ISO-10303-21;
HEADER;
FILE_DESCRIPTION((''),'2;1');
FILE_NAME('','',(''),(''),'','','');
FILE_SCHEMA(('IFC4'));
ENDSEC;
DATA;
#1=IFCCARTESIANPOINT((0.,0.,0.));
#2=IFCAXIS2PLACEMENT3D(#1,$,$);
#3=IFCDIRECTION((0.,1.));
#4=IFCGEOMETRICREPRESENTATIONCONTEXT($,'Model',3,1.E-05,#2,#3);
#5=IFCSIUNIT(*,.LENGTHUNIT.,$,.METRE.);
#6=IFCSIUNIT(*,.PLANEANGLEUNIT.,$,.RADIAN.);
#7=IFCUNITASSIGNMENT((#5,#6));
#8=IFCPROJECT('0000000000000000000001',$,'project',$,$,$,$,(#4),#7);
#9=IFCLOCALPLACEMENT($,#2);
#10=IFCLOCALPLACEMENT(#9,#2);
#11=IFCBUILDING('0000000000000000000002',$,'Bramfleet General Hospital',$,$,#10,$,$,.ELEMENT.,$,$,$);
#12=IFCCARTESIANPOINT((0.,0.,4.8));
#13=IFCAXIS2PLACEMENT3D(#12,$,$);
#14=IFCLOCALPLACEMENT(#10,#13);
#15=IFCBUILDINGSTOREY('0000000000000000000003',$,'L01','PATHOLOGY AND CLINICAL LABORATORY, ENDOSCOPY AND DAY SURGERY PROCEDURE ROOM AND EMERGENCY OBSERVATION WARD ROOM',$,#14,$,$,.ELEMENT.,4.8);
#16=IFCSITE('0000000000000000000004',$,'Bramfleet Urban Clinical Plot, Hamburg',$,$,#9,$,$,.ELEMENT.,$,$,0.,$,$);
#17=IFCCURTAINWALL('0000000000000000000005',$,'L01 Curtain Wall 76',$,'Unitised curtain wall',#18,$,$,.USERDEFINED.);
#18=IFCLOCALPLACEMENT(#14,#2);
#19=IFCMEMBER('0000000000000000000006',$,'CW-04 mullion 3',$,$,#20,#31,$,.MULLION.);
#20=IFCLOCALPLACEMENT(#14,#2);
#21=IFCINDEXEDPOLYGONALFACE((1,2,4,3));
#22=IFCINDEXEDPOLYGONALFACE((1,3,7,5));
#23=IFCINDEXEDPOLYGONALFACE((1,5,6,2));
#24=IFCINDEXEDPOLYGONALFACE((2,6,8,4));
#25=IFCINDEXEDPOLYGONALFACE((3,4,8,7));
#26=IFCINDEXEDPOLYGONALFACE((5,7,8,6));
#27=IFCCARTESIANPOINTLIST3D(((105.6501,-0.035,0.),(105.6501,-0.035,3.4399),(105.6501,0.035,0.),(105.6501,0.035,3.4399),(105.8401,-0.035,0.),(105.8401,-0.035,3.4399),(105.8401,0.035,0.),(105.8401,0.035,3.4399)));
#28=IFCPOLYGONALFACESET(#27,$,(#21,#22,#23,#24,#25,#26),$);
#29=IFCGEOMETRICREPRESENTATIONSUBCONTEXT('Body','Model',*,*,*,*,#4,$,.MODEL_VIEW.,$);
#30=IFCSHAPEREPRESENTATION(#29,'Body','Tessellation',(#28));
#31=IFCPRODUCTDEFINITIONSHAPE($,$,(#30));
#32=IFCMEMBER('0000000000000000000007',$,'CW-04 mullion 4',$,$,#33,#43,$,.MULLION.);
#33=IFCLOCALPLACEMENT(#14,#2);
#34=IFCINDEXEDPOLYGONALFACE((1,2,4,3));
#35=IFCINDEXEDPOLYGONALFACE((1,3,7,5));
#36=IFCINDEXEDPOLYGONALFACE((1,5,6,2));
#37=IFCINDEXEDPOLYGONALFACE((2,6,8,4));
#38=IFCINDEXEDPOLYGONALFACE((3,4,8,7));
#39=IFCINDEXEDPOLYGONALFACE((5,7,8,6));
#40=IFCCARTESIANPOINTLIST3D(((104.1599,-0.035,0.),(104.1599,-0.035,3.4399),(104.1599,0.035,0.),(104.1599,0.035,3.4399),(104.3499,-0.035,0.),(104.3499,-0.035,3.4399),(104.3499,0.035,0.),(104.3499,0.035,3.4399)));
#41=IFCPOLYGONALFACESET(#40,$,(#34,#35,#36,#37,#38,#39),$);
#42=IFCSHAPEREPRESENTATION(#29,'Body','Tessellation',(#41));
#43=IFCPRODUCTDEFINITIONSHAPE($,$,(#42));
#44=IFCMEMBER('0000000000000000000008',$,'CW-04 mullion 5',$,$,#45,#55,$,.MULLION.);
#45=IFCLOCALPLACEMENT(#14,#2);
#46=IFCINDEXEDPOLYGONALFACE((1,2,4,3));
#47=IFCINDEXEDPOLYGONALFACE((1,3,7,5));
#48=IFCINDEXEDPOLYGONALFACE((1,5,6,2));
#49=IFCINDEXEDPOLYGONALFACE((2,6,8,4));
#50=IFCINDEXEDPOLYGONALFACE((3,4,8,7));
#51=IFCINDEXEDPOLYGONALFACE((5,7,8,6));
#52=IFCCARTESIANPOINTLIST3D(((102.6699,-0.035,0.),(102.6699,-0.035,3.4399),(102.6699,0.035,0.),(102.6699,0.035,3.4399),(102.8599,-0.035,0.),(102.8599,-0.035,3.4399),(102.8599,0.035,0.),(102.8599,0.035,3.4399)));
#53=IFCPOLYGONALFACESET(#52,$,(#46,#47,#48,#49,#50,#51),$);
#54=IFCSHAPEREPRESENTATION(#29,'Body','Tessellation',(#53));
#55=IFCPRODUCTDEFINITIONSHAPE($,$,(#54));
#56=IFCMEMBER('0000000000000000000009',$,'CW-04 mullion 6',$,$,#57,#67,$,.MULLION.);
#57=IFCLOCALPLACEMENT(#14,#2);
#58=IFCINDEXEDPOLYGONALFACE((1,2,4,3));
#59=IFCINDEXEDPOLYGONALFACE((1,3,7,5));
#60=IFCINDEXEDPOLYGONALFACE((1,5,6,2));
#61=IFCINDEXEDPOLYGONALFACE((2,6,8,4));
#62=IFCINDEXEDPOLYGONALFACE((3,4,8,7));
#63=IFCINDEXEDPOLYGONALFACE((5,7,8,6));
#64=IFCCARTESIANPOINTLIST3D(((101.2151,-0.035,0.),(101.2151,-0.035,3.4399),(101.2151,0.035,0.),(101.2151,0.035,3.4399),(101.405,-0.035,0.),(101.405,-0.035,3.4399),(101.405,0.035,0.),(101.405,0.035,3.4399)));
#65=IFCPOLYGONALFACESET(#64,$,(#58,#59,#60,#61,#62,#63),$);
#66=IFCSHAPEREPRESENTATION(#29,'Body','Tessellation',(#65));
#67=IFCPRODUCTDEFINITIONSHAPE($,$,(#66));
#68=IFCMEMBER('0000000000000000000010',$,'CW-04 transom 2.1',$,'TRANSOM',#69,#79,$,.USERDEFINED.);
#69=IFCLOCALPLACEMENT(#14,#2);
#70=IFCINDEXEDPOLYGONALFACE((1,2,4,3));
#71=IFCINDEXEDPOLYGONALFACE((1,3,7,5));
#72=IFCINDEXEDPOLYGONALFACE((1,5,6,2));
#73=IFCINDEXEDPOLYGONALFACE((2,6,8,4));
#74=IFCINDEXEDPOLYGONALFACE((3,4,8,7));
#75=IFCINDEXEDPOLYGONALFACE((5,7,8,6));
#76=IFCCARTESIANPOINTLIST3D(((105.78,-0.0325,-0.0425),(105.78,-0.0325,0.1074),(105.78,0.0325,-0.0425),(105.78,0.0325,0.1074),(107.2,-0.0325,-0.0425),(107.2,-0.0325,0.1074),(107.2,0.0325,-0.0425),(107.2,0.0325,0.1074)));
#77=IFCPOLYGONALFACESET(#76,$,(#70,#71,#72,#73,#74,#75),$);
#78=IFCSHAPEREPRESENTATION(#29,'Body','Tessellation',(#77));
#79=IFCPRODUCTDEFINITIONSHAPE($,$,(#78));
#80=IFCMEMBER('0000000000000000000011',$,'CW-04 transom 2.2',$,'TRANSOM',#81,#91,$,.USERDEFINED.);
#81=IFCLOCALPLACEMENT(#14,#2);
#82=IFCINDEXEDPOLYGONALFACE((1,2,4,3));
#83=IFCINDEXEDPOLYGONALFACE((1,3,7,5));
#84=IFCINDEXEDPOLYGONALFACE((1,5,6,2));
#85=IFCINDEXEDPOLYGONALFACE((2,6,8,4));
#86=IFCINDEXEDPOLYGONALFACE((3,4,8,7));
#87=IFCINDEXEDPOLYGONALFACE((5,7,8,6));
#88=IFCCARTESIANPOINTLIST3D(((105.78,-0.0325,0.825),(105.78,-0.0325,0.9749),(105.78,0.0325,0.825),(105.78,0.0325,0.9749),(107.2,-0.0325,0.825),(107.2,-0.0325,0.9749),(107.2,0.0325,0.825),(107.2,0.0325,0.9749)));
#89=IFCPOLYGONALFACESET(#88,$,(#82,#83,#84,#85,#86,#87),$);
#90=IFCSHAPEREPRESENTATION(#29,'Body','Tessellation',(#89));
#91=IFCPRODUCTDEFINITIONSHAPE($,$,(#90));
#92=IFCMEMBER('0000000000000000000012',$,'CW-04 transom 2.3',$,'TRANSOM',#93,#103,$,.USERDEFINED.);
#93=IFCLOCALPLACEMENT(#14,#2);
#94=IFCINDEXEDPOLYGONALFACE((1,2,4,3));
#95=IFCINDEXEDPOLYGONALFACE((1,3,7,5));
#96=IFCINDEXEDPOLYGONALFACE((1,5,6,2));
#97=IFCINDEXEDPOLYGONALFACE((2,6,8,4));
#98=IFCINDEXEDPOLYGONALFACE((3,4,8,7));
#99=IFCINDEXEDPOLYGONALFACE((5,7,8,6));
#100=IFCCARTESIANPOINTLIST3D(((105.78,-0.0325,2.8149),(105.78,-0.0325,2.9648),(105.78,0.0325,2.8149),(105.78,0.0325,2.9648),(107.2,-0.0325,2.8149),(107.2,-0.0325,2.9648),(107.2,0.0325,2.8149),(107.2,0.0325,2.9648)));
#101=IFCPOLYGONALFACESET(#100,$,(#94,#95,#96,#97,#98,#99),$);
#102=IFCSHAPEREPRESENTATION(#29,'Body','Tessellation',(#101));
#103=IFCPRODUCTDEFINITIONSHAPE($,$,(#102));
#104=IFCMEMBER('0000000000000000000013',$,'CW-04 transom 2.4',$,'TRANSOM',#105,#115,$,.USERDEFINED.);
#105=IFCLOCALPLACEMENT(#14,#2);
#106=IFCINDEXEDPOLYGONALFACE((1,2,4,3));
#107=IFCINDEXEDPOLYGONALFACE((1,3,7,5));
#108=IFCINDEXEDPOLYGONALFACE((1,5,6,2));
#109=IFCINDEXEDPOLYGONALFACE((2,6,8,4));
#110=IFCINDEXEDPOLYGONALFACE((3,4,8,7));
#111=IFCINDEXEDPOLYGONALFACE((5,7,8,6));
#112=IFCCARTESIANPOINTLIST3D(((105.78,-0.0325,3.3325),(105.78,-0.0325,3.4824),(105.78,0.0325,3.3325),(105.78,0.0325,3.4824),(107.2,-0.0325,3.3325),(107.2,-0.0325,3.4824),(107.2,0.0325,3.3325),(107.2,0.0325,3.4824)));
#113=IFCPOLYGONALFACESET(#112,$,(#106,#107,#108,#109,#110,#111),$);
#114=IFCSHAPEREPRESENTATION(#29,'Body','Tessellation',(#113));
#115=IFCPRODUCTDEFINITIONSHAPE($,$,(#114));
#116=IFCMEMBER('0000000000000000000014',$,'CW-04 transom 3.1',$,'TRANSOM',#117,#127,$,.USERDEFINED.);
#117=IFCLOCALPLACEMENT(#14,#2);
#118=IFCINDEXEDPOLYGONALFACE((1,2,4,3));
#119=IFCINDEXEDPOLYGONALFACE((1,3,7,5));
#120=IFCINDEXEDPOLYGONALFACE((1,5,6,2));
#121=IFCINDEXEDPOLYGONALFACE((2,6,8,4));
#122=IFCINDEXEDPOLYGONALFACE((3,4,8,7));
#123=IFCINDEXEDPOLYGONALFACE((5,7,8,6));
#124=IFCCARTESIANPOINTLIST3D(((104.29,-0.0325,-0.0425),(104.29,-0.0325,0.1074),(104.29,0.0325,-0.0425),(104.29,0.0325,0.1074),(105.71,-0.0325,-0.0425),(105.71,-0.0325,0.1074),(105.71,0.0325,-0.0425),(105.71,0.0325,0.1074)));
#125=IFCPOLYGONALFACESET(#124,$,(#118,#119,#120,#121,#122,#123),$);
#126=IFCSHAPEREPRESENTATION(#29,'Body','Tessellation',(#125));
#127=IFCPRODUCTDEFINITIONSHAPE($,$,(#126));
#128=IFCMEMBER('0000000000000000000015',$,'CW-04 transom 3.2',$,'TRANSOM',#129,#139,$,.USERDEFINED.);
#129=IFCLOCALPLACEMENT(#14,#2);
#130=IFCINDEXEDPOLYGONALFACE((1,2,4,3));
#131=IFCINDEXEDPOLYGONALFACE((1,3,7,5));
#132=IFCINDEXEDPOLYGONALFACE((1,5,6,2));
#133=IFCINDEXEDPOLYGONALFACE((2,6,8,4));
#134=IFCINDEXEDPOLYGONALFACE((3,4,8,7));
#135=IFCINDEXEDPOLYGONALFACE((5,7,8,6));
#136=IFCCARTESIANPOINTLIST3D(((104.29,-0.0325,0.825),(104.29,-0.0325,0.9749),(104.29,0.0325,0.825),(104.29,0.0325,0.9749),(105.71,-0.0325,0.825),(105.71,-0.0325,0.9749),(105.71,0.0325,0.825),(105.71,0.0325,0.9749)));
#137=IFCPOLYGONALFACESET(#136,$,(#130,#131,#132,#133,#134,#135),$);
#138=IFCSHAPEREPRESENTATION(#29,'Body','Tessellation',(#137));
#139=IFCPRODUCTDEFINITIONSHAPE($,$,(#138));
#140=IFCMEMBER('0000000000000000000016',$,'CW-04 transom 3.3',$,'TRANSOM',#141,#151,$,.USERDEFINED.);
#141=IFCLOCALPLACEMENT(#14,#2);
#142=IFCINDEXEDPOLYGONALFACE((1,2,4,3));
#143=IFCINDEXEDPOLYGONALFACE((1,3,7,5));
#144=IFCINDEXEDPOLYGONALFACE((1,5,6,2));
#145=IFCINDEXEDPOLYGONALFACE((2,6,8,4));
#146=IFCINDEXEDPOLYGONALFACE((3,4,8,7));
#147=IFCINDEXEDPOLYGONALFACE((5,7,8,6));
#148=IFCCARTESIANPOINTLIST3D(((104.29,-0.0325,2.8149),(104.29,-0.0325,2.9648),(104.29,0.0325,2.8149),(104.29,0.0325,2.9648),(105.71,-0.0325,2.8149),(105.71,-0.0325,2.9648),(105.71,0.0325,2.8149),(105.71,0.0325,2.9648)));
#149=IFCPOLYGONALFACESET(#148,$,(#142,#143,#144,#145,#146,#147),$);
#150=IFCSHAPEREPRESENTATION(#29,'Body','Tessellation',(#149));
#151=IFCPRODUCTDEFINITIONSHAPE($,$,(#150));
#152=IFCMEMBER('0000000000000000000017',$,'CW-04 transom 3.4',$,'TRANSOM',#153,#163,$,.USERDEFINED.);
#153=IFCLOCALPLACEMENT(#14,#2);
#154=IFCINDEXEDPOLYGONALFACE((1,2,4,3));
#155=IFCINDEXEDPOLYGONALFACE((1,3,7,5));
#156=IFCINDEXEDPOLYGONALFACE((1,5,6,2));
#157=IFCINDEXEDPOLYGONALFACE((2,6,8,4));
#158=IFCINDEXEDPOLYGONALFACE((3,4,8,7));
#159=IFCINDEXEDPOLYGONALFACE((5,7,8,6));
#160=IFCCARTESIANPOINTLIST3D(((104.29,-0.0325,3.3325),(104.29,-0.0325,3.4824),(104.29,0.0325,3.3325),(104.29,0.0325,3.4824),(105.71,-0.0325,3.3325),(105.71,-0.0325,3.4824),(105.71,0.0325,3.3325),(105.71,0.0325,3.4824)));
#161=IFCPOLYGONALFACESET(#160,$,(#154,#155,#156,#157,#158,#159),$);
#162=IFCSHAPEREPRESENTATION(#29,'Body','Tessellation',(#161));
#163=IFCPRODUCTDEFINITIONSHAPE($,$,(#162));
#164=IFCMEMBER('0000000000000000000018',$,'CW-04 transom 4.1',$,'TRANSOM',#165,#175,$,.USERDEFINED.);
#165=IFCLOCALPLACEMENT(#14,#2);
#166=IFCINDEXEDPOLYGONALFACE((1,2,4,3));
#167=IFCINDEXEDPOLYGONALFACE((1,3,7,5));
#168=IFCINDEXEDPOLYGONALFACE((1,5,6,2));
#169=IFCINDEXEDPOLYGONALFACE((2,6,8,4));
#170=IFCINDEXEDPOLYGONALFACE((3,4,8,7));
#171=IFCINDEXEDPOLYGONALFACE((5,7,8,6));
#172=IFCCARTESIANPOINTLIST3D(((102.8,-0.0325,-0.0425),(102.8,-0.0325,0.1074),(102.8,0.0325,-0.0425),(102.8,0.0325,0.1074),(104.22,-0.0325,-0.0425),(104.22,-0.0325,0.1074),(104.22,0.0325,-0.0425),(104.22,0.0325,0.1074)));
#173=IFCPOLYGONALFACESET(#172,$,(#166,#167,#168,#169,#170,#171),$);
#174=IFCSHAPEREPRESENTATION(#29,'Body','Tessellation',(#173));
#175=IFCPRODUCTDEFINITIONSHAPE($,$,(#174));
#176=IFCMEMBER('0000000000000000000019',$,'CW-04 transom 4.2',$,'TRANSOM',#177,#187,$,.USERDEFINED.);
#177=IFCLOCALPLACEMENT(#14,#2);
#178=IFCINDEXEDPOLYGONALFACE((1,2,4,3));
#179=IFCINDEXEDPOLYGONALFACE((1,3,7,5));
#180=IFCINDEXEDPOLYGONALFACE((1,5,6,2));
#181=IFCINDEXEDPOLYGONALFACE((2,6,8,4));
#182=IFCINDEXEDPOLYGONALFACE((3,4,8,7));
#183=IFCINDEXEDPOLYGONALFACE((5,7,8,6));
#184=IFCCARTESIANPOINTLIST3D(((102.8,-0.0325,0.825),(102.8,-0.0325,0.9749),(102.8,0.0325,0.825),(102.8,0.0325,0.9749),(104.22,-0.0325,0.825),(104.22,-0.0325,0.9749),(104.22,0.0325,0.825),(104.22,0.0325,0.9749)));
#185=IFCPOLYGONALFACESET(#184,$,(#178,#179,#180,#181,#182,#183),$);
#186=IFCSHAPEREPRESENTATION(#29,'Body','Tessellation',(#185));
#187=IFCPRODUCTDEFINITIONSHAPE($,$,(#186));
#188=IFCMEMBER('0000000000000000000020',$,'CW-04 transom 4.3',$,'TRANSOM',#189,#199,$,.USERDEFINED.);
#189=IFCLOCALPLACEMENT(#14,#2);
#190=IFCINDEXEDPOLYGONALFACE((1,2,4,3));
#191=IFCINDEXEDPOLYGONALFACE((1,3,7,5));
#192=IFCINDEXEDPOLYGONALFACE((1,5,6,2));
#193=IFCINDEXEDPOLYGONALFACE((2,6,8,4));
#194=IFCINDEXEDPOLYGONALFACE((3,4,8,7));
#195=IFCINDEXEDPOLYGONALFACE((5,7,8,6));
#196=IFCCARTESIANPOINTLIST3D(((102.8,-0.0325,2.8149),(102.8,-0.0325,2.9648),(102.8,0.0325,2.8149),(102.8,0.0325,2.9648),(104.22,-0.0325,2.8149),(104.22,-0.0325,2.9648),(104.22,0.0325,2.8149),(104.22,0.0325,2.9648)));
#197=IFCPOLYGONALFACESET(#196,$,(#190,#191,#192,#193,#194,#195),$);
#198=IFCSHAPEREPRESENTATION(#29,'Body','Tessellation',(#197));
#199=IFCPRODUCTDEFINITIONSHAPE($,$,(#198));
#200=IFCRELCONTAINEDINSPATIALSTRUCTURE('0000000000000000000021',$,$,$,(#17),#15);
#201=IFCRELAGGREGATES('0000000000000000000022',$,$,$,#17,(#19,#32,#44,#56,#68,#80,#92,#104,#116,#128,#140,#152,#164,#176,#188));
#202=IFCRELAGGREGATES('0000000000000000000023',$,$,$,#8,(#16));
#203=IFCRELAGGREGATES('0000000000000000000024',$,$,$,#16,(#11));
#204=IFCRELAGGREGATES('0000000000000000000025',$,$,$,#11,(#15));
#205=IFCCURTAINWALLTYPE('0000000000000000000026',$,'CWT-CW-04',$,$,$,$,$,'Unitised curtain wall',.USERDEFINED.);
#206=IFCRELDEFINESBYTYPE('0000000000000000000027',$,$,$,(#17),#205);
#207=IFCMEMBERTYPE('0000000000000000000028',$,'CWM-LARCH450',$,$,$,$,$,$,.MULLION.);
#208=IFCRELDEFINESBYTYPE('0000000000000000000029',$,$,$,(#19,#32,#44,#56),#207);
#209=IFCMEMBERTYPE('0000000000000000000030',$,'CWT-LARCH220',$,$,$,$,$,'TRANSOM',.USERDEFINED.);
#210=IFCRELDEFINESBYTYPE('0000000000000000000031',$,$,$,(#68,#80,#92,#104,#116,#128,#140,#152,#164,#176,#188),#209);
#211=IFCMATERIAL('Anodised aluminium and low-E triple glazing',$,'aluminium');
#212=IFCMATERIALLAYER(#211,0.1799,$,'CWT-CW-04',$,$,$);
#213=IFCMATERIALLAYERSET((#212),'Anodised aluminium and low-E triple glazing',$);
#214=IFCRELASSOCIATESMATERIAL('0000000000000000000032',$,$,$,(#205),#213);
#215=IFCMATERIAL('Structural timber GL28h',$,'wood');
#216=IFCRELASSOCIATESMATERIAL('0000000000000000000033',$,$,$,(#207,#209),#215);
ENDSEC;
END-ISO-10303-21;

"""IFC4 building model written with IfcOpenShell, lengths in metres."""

from ifc_helpers import new_model, si_unit, direction, frame, origin, origin_2d, place, context, subcontext, project, spatial, rectangle, extrude, material, layer, layer_set, material_profile, profile_set, type_object, element, aggregate, save


model = new_model("IFC4")

# Units and contexts
model_context = context("Model", 3, precision=1e-05, world=origin(), true_north=direction((0.0, 1.0)))
body_context = subcontext(model_context, "Body", "Model", "MODEL_VIEW")
ifc_project = project(units=[si_unit("LENGTHUNIT", "METRE"), si_unit("PLANEANGLEUNIT", "RADIAN")], contexts=[model_context])

# Site, building, storey
site_placement = place(None, origin())
site = spatial("IfcSite", under=ifc_project, at=site_placement, Name="Bramfleet Urban Clinical Plot, Hamburg", CompositionType="ELEMENT", RefElevation=0.0)
building_placement = place(site_placement, origin())
building = spatial("IfcBuilding", under=site, at=building_placement, Name="Bramfleet General Hospital", CompositionType="ELEMENT")
storey_placement = place(building_placement, frame((0.0, 0.0, 4.8)))
storey = spatial("IfcBuildingStorey", under=building, at=storey_placement, Name="L01", Description="PATHOLOGY AND CLINICAL LABORATORY, ENDOSCOPY AND DAY SURGERY PROCEDURE ROOM AND EMERGENCY OBSERVATION WARD ROOM", CompositionType="ELEMENT", Elevation=4.8)

# Curtain wall, members
ifc_material_1 = material(Name="Anodised aluminium and low-E triple glazing", Category="aluminium")
ifc_layer_1 = layer(ifc_material_1, 0.1799, Name="CWT-CW-04")
ifc_layer_set_1 = layer_set([ifc_layer_1], Name="Anodised aluminium and low-E triple glazing")
curtain_wall_type = type_object("IfcCurtainWallType", Name="CWT-CW-04", ElementType="Unitised curtain wall", PredefinedType="USERDEFINED", material=ifc_layer_set_1)
curtain_wall_placement = place(storey_placement, origin())
curtain_wall = element("IfcCurtainWall", 1, at=curtain_wall_placement, inside=storey, type_object=curtain_wall_type, Name="L01 Curtain Wall 76", ObjectType="Unitised curtain wall", PredefinedType="USERDEFINED")
ifc_material_2 = material(Name="Structural timber GL28h", Category="wood")
ifc_material_profile_1 = material_profile(ifc_material_2, rectangle(XDim=0.0701, YDim=0.1899, at=origin_2d()), Name="LARCH 190x70")
ifc_profile_set_1 = profile_set([ifc_material_profile_1], Name="Structural timber GL28h")
member_type_1 = type_object("IfcMemberType", Name="CWM-LARCH450", PredefinedType="MULLION", material=ifc_profile_set_1)
member_1_placement = place(storey_placement, frame((105.7451, 0.0, 0.0), z_axis=(0.0, 0.0, 1.0), x_axis=(0.0, -1.0, 0.0)))
member_1 = element("IfcMember", 2, at=member_1_placement, type_object=member_type_1, Name="CW-04 mullion 3", PredefinedType="MULLION", context=body_context, shape_type="SweptSolid", body=[
    extrude(rectangle(XDim=0.0701, YDim=0.1899, at=origin_2d()), origin(), (0.0, 0.0, 1.0), 3.4399),
])
member_2_placement = place(storey_placement, frame((104.2549, 0.0, 0.0), z_axis=(0.0, 0.0, 1.0), x_axis=(0.0, -1.0, 0.0)))
member_2 = element("IfcMember", 3, at=member_2_placement, type_object=member_type_1, Name="CW-04 mullion 4", PredefinedType="MULLION", context=body_context, shape_type="SweptSolid", body=[
    extrude(rectangle(XDim=0.0701, YDim=0.1899, at=origin_2d()), origin(), (0.0, 0.0, 1.0), 3.4399),
])
member_3_placement = place(storey_placement, frame((102.7649, 0.0, 0.0), z_axis=(0.0, 0.0, 1.0), x_axis=(0.0, -1.0, 0.0)))
member_3 = element("IfcMember", 4, at=member_3_placement, type_object=member_type_1, Name="CW-04 mullion 5", PredefinedType="MULLION", context=body_context, shape_type="SweptSolid", body=[
    extrude(rectangle(XDim=0.0701, YDim=0.1899, at=origin_2d()), origin(), (0.0, 0.0, 1.0), 3.4399),
])
member_4_placement = place(storey_placement, frame((101.3101, 0.0, 0.0), z_axis=(0.0, 0.0, 1.0), x_axis=(0.0, -1.0, 0.0)))
member_4 = element("IfcMember", 5, at=member_4_placement, type_object=member_type_1, Name="CW-04 mullion 6", PredefinedType="MULLION", context=body_context, shape_type="SweptSolid", body=[
    extrude(rectangle(XDim=0.0701, YDim=0.1899, at=origin_2d()), origin(), (0.0, 0.0, 1.0), 3.4399),
])
ifc_material_profile_2 = material_profile(ifc_material_2, rectangle(XDim=0.0649, YDim=0.1499, at=origin_2d()), Name="LARCH 150x65")
ifc_profile_set_2 = profile_set([ifc_material_profile_2], Name="Structural timber GL28h")
member_type_2 = type_object("IfcMemberType", Name="CWT-LARCH220", ElementType="TRANSOM", PredefinedType="USERDEFINED", material=ifc_profile_set_2)
member_5_placement = place(storey_placement, frame((107.2, 0.0, 0.0325), z_axis=(-1.0, 0.0, 0.0), x_axis=(0.0, -1.0, 0.0)))
member_5 = element("IfcMember", 6, at=member_5_placement, type_object=member_type_2, Name="CW-04 transom 2.1", ObjectType="TRANSOM", PredefinedType="USERDEFINED", context=body_context, shape_type="SweptSolid", body=[
    extrude(rectangle(XDim=0.0649, YDim=0.1499, at=origin_2d()), origin(), (0.0, 0.0, 1.0), 1.4199),
])
member_6_placement = place(storey_placement, frame((107.2, 0.0, 0.8999), z_axis=(-1.0, 0.0, 0.0), x_axis=(0.0, -1.0, 0.0)))
member_6 = element("IfcMember", 7, at=member_6_placement, type_object=member_type_2, Name="CW-04 transom 2.2", ObjectType="TRANSOM", PredefinedType="USERDEFINED", context=body_context, shape_type="SweptSolid", body=[
    extrude(rectangle(XDim=0.0649, YDim=0.1499, at=origin_2d()), origin(), (0.0, 0.0, 1.0), 1.4199),
])
member_7_placement = place(storey_placement, frame((107.2, 0.0, 2.8899), z_axis=(-1.0, 0.0, 0.0), x_axis=(0.0, -1.0, 0.0)))
member_7 = element("IfcMember", 8, at=member_7_placement, type_object=member_type_2, Name="CW-04 transom 2.3", ObjectType="TRANSOM", PredefinedType="USERDEFINED", context=body_context, shape_type="SweptSolid", body=[
    extrude(rectangle(XDim=0.0649, YDim=0.1499, at=origin_2d()), origin(), (0.0, 0.0, 1.0), 1.4199),
])
member_8_placement = place(storey_placement, frame((107.2, 0.0, 3.4075), z_axis=(-1.0, 0.0, 0.0), x_axis=(0.0, -1.0, 0.0)))
member_8 = element("IfcMember", 9, at=member_8_placement, type_object=member_type_2, Name="CW-04 transom 2.4", ObjectType="TRANSOM", PredefinedType="USERDEFINED", context=body_context, shape_type="SweptSolid", body=[
    extrude(rectangle(XDim=0.0649, YDim=0.1499, at=origin_2d()), origin(), (0.0, 0.0, 1.0), 1.4199),
])
member_9_placement = place(storey_placement, frame((105.71, 0.0, 0.0325), z_axis=(-1.0, 0.0, 0.0), x_axis=(0.0, -1.0, 0.0)))
member_9 = element("IfcMember", 10, at=member_9_placement, type_object=member_type_2, Name="CW-04 transom 3.1", ObjectType="TRANSOM", PredefinedType="USERDEFINED", context=body_context, shape_type="SweptSolid", body=[
    extrude(rectangle(XDim=0.0649, YDim=0.1499, at=origin_2d()), origin(), (0.0, 0.0, 1.0), 1.4199),
])
member_10_placement = place(storey_placement, frame((105.71, 0.0, 0.8999), z_axis=(-1.0, 0.0, 0.0), x_axis=(0.0, -1.0, 0.0)))
member_10 = element("IfcMember", 11, at=member_10_placement, type_object=member_type_2, Name="CW-04 transom 3.2", ObjectType="TRANSOM", PredefinedType="USERDEFINED", context=body_context, shape_type="SweptSolid", body=[
    extrude(rectangle(XDim=0.0649, YDim=0.1499, at=origin_2d()), origin(), (0.0, 0.0, 1.0), 1.4199),
])
member_11_placement = place(storey_placement, frame((105.71, 0.0, 2.8899), z_axis=(-1.0, 0.0, 0.0), x_axis=(0.0, -1.0, 0.0)))
member_11 = element("IfcMember", 12, at=member_11_placement, type_object=member_type_2, Name="CW-04 transom 3.3", ObjectType="TRANSOM", PredefinedType="USERDEFINED", context=body_context, shape_type="SweptSolid", body=[
    extrude(rectangle(XDim=0.0649, YDim=0.1499, at=origin_2d()), origin(), (0.0, 0.0, 1.0), 1.4199),
])
member_12_placement = place(storey_placement, frame((105.71, 0.0, 3.4075), z_axis=(-1.0, 0.0, 0.0), x_axis=(0.0, -1.0, 0.0)))
member_12 = element("IfcMember", 13, at=member_12_placement, type_object=member_type_2, Name="CW-04 transom 3.4", ObjectType="TRANSOM", PredefinedType="USERDEFINED", context=body_context, shape_type="SweptSolid", body=[
    extrude(rectangle(XDim=0.0649, YDim=0.1499, at=origin_2d()), origin(), (0.0, 0.0, 1.0), 1.4199),
])
member_13_placement = place(storey_placement, frame((104.22, 0.0, 0.0325), z_axis=(-1.0, 0.0, 0.0), x_axis=(0.0, -1.0, 0.0)))
member_13 = element("IfcMember", 14, at=member_13_placement, type_object=member_type_2, Name="CW-04 transom 4.1", ObjectType="TRANSOM", PredefinedType="USERDEFINED", context=body_context, shape_type="SweptSolid", body=[
    extrude(rectangle(XDim=0.0649, YDim=0.1499, at=origin_2d()), origin(), (0.0, 0.0, 1.0), 1.4199),
])
member_14_placement = place(storey_placement, frame((104.22, 0.0, 0.8999), z_axis=(-1.0, 0.0, 0.0), x_axis=(0.0, -1.0, 0.0)))
member_14 = element("IfcMember", 15, at=member_14_placement, type_object=member_type_2, Name="CW-04 transom 4.2", ObjectType="TRANSOM", PredefinedType="USERDEFINED", context=body_context, shape_type="SweptSolid", body=[
    extrude(rectangle(XDim=0.0649, YDim=0.1499, at=origin_2d()), origin(), (0.0, 0.0, 1.0), 1.4199),
])
member_15_placement = place(storey_placement, frame((104.22, 0.0, 2.8899), z_axis=(-1.0, 0.0, 0.0), x_axis=(0.0, -1.0, 0.0)))
member_15 = element("IfcMember", 16, at=member_15_placement, type_object=member_type_2, Name="CW-04 transom 4.3", ObjectType="TRANSOM", PredefinedType="USERDEFINED", context=body_context, shape_type="SweptSolid", body=[
    extrude(rectangle(XDim=0.0649, YDim=0.1499, at=origin_2d()), origin(), (0.0, 0.0, 1.0), 1.4199),
])
aggregate(curtain_wall, [member_1, member_2, member_3, member_4, member_5, member_6, member_7, member_8, member_9, member_10, member_11, member_12, member_13, member_14, member_15])

save(model, "model.ifc")
